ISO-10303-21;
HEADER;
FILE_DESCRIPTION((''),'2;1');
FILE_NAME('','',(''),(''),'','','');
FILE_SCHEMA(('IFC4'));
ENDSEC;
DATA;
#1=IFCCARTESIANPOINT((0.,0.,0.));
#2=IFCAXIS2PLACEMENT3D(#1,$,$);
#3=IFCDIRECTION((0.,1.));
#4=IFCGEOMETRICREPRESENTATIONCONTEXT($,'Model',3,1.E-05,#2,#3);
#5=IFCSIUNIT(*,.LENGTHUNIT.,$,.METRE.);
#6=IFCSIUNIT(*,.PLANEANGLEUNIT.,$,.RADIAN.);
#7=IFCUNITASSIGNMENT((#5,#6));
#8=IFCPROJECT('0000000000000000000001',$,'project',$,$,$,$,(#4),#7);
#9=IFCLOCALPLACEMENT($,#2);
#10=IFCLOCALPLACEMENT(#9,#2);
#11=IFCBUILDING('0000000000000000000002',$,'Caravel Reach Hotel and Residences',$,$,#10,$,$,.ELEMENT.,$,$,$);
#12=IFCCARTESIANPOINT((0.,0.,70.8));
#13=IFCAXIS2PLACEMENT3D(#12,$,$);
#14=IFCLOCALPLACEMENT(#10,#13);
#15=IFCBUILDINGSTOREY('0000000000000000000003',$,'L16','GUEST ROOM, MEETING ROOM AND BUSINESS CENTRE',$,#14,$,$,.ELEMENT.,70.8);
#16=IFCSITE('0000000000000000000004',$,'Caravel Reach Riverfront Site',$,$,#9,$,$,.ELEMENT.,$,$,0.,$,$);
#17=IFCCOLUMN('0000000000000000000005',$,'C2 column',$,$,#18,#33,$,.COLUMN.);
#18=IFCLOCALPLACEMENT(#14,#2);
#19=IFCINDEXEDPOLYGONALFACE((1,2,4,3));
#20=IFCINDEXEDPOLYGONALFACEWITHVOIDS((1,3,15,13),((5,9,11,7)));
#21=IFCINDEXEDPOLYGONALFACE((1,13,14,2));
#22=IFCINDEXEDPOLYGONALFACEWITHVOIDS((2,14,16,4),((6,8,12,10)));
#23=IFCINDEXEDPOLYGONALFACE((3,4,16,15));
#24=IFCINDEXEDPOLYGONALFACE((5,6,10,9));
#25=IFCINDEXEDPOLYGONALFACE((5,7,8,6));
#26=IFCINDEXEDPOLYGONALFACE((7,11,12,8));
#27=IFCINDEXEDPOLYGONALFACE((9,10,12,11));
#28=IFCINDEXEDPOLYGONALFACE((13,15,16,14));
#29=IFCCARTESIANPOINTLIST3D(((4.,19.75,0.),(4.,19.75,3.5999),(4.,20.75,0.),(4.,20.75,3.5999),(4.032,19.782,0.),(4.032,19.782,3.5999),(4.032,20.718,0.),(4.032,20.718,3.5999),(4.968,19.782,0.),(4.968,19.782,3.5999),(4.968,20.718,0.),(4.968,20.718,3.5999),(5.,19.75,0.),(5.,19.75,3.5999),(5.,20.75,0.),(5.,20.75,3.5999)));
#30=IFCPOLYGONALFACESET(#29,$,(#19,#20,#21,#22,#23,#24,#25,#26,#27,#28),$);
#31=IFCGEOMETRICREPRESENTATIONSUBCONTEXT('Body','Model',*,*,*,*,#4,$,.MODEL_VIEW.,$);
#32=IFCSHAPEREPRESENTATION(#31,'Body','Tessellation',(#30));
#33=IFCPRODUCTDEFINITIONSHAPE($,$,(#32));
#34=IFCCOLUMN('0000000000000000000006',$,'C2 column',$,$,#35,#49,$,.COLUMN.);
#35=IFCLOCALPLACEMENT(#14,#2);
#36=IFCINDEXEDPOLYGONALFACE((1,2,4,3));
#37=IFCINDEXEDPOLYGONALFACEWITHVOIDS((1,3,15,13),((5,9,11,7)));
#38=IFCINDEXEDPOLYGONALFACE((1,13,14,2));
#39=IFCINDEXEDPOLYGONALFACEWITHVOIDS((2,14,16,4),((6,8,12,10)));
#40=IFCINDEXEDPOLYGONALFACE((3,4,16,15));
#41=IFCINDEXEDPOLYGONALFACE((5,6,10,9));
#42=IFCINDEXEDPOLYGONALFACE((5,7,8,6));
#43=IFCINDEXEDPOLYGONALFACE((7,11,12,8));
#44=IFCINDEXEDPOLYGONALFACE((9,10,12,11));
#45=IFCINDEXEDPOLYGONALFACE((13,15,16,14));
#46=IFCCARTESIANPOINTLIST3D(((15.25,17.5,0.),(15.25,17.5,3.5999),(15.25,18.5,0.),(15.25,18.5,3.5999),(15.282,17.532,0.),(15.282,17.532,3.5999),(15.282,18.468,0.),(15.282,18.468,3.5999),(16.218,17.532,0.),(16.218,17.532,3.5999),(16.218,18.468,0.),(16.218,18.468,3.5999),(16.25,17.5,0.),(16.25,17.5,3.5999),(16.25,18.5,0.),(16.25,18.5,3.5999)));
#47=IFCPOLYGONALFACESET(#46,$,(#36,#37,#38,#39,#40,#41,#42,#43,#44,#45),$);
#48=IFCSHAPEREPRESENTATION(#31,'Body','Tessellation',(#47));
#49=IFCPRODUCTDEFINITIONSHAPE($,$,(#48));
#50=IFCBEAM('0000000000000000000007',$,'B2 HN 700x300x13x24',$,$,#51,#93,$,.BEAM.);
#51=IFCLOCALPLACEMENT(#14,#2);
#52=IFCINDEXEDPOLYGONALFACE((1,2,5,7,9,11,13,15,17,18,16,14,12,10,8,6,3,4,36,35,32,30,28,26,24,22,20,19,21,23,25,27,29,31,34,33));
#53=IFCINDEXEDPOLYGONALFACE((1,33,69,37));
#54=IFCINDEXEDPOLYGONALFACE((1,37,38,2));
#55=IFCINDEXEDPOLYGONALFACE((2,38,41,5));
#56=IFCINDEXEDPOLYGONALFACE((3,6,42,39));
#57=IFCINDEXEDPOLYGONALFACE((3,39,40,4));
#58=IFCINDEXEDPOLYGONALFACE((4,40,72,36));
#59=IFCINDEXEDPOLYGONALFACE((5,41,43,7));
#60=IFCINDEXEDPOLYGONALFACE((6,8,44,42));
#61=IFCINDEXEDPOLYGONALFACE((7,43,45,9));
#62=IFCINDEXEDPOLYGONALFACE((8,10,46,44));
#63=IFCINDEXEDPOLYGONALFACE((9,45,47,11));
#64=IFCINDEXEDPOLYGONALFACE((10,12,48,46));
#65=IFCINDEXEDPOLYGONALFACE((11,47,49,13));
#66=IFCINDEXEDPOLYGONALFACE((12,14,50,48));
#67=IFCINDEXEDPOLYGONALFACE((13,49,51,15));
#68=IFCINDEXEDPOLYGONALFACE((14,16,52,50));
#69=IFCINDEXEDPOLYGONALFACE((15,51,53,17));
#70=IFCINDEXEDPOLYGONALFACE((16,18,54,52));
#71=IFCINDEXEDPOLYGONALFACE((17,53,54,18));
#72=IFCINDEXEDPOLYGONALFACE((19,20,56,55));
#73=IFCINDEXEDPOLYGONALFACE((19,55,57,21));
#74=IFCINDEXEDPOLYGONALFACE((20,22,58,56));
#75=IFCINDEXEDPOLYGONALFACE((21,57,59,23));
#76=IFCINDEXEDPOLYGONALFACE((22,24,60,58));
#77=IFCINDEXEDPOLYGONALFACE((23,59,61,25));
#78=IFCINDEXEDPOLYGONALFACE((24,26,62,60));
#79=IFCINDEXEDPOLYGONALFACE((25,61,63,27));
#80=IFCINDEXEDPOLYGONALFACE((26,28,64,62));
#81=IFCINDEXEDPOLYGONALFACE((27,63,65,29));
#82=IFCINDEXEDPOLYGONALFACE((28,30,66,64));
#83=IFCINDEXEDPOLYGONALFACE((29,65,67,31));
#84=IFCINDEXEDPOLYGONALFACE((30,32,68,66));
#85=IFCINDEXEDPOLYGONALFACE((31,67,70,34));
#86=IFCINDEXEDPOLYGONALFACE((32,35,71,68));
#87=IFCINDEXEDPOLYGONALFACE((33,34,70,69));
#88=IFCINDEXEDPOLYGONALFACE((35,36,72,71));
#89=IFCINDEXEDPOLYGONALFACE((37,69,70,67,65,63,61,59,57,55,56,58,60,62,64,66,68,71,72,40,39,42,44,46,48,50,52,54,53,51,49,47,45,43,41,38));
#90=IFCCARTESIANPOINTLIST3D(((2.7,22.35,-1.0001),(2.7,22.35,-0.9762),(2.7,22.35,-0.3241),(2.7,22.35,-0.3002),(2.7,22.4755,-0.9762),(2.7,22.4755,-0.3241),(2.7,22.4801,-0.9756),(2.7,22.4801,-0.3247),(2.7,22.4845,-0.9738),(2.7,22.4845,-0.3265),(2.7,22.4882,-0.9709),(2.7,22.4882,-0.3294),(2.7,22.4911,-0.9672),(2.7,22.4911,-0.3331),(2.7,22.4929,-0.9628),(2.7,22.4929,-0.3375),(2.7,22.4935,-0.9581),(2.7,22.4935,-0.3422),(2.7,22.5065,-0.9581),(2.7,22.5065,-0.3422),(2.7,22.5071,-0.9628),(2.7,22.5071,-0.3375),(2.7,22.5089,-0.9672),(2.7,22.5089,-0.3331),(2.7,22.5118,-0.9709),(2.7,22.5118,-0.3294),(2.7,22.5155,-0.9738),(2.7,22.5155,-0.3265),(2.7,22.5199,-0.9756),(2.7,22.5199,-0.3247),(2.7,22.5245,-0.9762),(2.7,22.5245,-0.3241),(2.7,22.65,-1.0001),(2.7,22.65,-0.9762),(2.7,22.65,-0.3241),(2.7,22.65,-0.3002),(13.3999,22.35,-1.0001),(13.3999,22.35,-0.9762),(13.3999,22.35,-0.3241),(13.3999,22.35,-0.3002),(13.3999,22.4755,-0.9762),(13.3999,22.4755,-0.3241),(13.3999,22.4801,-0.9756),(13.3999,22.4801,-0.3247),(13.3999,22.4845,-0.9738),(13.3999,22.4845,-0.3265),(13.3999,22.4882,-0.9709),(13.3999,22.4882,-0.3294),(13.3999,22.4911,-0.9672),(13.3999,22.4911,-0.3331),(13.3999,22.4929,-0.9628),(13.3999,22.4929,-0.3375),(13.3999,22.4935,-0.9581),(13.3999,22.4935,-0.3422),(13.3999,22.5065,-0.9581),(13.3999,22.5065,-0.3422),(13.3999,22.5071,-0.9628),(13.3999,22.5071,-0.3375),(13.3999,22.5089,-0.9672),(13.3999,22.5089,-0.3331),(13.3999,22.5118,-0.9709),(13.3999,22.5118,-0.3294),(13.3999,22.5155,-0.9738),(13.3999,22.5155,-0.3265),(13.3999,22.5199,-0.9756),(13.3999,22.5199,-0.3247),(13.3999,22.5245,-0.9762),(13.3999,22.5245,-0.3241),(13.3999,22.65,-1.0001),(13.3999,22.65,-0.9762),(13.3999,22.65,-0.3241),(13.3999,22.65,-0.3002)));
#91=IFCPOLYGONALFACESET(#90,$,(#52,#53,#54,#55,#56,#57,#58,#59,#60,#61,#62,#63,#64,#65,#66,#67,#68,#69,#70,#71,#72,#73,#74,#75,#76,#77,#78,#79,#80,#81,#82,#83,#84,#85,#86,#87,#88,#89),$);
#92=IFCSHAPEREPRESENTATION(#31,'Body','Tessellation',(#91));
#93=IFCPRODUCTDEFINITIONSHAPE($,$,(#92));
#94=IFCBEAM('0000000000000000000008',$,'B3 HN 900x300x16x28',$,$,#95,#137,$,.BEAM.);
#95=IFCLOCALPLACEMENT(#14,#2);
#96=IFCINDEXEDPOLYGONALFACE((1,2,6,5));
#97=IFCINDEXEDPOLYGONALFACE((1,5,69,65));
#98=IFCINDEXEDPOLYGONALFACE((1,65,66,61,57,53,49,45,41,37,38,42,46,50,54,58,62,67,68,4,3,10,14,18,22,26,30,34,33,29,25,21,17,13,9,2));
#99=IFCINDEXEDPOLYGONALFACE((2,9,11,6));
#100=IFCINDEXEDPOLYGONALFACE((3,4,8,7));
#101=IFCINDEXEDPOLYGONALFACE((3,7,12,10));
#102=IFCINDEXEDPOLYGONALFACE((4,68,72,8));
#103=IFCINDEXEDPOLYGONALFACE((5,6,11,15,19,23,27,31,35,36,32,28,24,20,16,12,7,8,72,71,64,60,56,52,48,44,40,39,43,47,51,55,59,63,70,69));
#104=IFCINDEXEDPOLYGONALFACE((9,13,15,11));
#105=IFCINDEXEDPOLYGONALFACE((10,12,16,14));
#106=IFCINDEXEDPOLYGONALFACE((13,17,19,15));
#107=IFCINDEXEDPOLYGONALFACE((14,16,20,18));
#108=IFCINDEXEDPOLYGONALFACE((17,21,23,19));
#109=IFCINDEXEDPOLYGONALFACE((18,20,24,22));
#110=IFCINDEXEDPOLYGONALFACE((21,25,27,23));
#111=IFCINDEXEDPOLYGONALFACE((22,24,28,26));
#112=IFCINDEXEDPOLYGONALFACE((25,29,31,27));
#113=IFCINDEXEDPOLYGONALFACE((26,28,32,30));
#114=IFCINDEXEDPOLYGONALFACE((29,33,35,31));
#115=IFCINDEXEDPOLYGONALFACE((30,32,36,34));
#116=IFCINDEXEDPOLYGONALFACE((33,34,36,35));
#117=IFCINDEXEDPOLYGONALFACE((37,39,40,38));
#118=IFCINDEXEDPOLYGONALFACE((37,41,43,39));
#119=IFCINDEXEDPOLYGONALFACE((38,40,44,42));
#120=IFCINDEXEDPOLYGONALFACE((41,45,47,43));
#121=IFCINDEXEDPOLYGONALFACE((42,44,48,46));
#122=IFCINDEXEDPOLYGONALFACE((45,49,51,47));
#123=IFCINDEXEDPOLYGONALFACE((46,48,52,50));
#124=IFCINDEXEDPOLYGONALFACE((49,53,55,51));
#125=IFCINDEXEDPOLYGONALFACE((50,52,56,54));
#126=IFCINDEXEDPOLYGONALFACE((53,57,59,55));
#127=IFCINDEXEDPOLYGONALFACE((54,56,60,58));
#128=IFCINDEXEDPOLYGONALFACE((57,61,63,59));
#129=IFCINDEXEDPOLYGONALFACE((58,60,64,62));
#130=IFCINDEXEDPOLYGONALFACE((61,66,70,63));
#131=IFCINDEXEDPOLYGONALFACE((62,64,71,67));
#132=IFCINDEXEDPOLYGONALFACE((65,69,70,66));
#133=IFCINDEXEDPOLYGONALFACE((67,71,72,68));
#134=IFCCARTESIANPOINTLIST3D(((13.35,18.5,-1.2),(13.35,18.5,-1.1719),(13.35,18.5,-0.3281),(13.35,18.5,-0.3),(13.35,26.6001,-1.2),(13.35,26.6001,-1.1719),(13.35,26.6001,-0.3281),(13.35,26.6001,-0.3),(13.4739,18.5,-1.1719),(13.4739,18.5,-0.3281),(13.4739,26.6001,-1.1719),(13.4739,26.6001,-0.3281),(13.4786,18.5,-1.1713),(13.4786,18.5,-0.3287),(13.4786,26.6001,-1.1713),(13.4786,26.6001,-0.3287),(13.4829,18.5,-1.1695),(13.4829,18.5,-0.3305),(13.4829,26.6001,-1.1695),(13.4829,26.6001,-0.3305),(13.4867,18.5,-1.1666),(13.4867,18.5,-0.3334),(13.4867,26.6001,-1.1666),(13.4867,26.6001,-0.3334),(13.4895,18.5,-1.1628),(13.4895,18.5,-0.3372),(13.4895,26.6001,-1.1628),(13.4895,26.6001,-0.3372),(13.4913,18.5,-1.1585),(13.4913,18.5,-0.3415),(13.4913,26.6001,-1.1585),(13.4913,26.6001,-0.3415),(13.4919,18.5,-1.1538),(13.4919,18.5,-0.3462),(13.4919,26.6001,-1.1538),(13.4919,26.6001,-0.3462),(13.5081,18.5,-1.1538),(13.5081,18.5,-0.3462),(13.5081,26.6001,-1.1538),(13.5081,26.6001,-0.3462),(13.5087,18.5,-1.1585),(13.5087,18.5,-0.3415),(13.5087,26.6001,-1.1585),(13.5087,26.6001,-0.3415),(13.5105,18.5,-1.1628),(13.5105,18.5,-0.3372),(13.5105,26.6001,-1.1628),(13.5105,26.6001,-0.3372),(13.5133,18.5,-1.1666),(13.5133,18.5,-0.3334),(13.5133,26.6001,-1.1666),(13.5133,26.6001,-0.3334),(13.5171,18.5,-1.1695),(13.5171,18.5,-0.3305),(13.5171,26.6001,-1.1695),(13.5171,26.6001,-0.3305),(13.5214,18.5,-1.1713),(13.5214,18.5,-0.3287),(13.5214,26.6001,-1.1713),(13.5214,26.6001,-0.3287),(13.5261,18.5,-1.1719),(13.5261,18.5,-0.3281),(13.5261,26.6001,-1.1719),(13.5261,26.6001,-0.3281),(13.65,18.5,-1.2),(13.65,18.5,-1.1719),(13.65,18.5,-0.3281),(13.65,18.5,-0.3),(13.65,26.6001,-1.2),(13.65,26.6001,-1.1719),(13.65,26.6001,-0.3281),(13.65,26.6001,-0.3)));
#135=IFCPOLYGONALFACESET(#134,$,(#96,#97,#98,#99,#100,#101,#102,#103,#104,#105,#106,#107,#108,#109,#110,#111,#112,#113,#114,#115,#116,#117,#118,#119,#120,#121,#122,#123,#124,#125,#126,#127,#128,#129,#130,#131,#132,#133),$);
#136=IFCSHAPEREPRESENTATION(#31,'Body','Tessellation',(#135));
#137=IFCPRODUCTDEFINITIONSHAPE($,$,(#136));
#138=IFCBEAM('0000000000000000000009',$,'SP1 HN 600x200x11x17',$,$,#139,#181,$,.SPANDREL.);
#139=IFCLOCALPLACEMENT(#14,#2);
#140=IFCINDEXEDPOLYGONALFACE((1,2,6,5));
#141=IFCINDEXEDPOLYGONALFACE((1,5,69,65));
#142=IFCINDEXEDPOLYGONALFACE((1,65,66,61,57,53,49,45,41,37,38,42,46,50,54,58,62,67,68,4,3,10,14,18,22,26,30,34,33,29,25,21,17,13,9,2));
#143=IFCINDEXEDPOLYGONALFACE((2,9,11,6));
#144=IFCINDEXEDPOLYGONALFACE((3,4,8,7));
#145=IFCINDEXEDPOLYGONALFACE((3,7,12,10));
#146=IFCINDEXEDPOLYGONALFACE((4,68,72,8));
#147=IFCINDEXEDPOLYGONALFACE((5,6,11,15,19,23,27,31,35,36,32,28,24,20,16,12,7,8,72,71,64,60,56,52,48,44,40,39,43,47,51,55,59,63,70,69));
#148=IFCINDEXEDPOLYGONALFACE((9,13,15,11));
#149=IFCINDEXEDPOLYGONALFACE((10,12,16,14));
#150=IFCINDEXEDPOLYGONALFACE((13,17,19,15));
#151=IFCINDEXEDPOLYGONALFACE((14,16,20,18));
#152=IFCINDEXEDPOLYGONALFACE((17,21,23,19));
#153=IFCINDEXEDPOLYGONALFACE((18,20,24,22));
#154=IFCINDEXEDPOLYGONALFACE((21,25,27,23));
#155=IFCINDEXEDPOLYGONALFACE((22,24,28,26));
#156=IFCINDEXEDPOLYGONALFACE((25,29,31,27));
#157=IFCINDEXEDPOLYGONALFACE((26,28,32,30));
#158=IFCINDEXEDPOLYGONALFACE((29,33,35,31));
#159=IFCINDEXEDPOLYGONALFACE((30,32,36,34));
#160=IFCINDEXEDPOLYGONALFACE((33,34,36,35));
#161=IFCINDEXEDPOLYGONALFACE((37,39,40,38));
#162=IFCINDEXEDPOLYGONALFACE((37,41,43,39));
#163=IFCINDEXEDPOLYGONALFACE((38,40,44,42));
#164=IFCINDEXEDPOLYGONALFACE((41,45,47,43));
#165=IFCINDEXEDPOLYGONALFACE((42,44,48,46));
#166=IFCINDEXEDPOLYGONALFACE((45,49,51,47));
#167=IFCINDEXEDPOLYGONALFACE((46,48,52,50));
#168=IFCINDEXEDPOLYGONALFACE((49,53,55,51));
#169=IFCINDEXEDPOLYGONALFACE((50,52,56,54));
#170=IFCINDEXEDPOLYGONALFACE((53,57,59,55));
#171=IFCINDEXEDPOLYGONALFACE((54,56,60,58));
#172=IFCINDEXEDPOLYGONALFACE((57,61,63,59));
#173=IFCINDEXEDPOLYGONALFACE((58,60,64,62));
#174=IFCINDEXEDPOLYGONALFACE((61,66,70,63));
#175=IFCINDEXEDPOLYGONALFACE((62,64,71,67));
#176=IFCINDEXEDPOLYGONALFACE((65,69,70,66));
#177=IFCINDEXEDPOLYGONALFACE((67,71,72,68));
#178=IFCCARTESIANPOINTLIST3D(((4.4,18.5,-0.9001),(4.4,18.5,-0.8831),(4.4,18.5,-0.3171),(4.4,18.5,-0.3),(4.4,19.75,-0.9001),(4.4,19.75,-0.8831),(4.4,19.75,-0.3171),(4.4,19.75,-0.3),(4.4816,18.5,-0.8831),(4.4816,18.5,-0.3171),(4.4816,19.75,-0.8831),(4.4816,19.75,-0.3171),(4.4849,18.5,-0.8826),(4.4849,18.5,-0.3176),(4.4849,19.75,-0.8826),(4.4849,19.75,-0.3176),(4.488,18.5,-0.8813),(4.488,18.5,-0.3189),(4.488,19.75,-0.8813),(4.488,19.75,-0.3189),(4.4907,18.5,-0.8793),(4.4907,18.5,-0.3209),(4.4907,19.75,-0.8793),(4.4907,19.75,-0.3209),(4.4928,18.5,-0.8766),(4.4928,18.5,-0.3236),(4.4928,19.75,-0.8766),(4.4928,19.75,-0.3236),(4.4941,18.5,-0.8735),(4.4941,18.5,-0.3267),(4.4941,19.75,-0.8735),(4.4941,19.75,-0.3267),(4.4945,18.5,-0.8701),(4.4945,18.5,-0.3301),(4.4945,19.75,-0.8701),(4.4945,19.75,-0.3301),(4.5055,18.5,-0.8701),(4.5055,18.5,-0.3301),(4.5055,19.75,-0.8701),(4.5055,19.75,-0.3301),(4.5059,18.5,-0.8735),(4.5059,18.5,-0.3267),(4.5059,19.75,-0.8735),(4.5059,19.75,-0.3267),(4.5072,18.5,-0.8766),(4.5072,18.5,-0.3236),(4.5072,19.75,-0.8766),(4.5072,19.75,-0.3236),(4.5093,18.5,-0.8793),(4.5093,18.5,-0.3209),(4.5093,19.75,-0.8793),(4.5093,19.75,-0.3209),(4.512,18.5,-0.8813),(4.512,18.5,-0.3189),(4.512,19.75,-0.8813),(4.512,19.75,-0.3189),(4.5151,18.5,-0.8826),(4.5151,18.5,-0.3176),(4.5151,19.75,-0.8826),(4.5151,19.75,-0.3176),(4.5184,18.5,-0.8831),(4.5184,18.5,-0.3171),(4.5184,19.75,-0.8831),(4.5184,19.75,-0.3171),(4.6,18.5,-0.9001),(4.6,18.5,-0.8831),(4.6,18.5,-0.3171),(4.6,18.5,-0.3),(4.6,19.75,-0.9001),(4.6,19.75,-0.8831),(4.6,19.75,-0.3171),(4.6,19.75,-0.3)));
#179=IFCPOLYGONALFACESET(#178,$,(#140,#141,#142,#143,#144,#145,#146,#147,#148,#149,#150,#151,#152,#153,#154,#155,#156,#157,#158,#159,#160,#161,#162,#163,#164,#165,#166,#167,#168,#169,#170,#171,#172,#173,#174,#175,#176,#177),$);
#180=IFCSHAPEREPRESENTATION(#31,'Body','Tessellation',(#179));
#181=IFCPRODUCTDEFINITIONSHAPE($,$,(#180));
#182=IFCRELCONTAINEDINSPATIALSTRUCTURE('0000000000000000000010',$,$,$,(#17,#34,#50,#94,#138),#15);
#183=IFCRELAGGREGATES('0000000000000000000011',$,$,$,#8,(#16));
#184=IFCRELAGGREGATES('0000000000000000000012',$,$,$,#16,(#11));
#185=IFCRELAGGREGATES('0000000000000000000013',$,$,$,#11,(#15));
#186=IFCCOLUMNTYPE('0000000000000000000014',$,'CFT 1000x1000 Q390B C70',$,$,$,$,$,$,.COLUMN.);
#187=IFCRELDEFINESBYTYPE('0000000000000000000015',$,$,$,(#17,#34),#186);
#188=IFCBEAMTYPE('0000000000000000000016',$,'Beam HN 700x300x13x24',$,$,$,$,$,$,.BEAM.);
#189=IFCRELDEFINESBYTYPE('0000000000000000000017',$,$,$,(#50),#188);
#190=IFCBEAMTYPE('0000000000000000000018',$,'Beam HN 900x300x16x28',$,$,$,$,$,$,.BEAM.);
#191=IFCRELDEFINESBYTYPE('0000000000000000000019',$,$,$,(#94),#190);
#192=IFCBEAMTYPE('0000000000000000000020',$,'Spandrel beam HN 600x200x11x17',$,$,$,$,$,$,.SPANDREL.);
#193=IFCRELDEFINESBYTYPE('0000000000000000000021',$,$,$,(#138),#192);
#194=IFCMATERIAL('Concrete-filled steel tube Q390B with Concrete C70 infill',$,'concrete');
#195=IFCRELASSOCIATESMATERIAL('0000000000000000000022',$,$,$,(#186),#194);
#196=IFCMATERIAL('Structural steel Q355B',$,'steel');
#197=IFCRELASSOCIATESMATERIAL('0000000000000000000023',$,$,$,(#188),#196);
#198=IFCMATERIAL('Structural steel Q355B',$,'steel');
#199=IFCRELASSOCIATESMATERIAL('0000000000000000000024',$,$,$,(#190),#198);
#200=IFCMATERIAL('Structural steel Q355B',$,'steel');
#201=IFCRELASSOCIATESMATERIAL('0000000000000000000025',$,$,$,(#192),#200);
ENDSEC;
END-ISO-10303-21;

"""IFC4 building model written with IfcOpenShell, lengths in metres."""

from ifc_helpers import new_model, si_unit, direction, frame, origin, origin_2d, place, context, subcontext, project, spatial, hollow_rectangle, i_section, extrude, material, material_profile, profile_set, type_object, element, save


model = new_model("IFC4")

# Units and contexts
model_context = context("Model", 3, precision=1e-05, world=origin(), true_north=direction((0.0, 1.0)))
body_context = subcontext(model_context, "Body", "Model", "MODEL_VIEW")
ifc_project = project(units=[si_unit("LENGTHUNIT", "METRE"), si_unit("PLANEANGLEUNIT", "RADIAN")], contexts=[model_context])

# Site, building, storey
site_placement = place(None, origin())
site = spatial("IfcSite", under=ifc_project, at=site_placement, Name="Caravel Reach Riverfront Site", CompositionType="ELEMENT", RefElevation=0.0)
building_placement = place(site_placement, origin())
building = spatial("IfcBuilding", under=site, at=building_placement, Name="Caravel Reach Hotel and Residences", CompositionType="ELEMENT")
storey_placement = place(building_placement, frame((0.0, 0.0, 70.8)))
storey = spatial("IfcBuildingStorey", under=building, at=storey_placement, Name="L16", Description="GUEST ROOM, MEETING ROOM AND BUSINESS CENTRE", CompositionType="ELEMENT", Elevation=70.8)

# Columns
ifc_material_1 = material(Name="Concrete-filled steel tube Q390B with Concrete C70 infill", Category="concrete")
ifc_material_profile_1 = material_profile(ifc_material_1, hollow_rectangle(XDim=1.0, YDim=1.0, WallThickness=0.032, at=origin_2d()), Name="RHS 1000x1000x32")
ifc_profile_set_1 = profile_set([ifc_material_profile_1], Name="Concrete-filled steel tube Q390B with Concrete C70 infill")
column_type = type_object("IfcColumnType", Name="CFT 1000x1000 Q390B C70", PredefinedType="COLUMN", material=ifc_profile_set_1)
for number, where, z_axis, x_axis, name in (
    (1, (4.5, 20.25, 0.0), (0.0, 0.0, 1.0), (1.0, 0.0, 0.0), "C2 column"),
    (2, (15.75, 18.0, 0.0), (0.0, 0.0, 1.0), (1.0, 0.0, 0.0), "C2 column"),
):
    element("IfcColumn", number, at=place(storey_placement, frame(where, z_axis=z_axis, x_axis=x_axis)), inside=storey, type_object=column_type, Name=name, PredefinedType="COLUMN", context=body_context, shape_type="SweptSolid", body=[
        extrude(hollow_rectangle(XDim=1.0, YDim=1.0, WallThickness=0.032, at=origin_2d()), origin(), (0.0, 0.0, 1.0), 3.5999),
    ])

# Beams
ifc_material_2 = material(Name="Structural steel Q355B", Category="steel")
ifc_material_profile_2 = material_profile(ifc_material_2, i_section(OverallWidth=0.3, OverallDepth=0.7, WebThickness=0.0129, FlangeThickness=0.0239, FilletRadius=0.0181, at=origin_2d()), Name="HN 700x300x13x24")
ifc_profile_set_2 = profile_set([ifc_material_profile_2], Name="Structural steel Q355B")
beam_type_1 = type_object("IfcBeamType", Name="Beam HN 700x300x13x24", PredefinedType="BEAM", material=ifc_profile_set_2)
beam_1_placement = place(storey_placement, frame((13.3999, 22.5, -0.6501), z_axis=(-1.0, 0.0, 0.0), x_axis=(0.0, -1.0, 0.0)))
element("IfcBeam", 3, at=beam_1_placement, inside=storey, type_object=beam_type_1, Name="B2 HN 700x300x13x24", PredefinedType="BEAM", context=body_context, shape_type="SweptSolid", body=[
    extrude(i_section(OverallWidth=0.3, OverallDepth=0.7, WebThickness=0.0129, FlangeThickness=0.0239, FilletRadius=0.0181, at=origin_2d()), origin(), (0.0, 0.0, 1.0), 10.7),
])
ifc_material_3 = material(Name="Structural steel Q355B", Category="steel")
ifc_material_profile_3 = material_profile(ifc_material_3, i_section(OverallWidth=0.3, OverallDepth=0.8999, WebThickness=0.0161, FlangeThickness=0.0281, FilletRadius=0.0181, at=origin_2d()), Name="HN 900x300x16x28")
ifc_profile_set_3 = profile_set([ifc_material_profile_3], Name="Structural steel Q355B")
beam_type_2 = type_object("IfcBeamType", Name="Beam HN 900x300x16x28", PredefinedType="BEAM", material=ifc_profile_set_3)
beam_2_placement = place(storey_placement, frame((13.5, 18.5, -0.75), z_axis=(0.0, 1.0, 0.0), x_axis=(-1.0, 0.0, 0.0)))
element("IfcBeam", 4, at=beam_2_placement, inside=storey, type_object=beam_type_2, Name="B3 HN 900x300x16x28", PredefinedType="BEAM", context=body_context, shape_type="SweptSolid", body=[
    extrude(i_section(OverallWidth=0.3, OverallDepth=0.8999, WebThickness=0.0161, FlangeThickness=0.0281, FilletRadius=0.0181, at=origin_2d()), origin(), (0.0, 0.0, 1.0), 8.1001),
])
ifc_material_4 = material(Name="Structural steel Q355B", Category="steel")
ifc_material_profile_4 = material_profile(ifc_material_4, i_section(OverallWidth=0.2, OverallDepth=0.6001, WebThickness=0.011, FlangeThickness=0.0171, FilletRadius=0.0129, at=origin_2d()), Name="HN 600x200x11x17")
ifc_profile_set_4 = profile_set([ifc_material_profile_4], Name="Structural steel Q355B")
beam_type_3 = type_object("IfcBeamType", Name="Spandrel beam HN 600x200x11x17", PredefinedType="SPANDREL", material=ifc_profile_set_4)
beam_3_placement = place(storey_placement, frame((4.5, 19.75, -0.6001), z_axis=(0.0, -1.0, 0.0), x_axis=(1.0, 0.0, 0.0)))
element("IfcBeam", 5, at=beam_3_placement, inside=storey, type_object=beam_type_3, Name="SP1 HN 600x200x11x17", PredefinedType="SPANDREL", context=body_context, shape_type="SweptSolid", body=[
    extrude(i_section(OverallWidth=0.2, OverallDepth=0.6001, WebThickness=0.011, FlangeThickness=0.0171, FilletRadius=0.0129, at=origin_2d()), origin(), (0.0, 0.0, 1.0), 1.25),
])

save(model, "model.ifc")
